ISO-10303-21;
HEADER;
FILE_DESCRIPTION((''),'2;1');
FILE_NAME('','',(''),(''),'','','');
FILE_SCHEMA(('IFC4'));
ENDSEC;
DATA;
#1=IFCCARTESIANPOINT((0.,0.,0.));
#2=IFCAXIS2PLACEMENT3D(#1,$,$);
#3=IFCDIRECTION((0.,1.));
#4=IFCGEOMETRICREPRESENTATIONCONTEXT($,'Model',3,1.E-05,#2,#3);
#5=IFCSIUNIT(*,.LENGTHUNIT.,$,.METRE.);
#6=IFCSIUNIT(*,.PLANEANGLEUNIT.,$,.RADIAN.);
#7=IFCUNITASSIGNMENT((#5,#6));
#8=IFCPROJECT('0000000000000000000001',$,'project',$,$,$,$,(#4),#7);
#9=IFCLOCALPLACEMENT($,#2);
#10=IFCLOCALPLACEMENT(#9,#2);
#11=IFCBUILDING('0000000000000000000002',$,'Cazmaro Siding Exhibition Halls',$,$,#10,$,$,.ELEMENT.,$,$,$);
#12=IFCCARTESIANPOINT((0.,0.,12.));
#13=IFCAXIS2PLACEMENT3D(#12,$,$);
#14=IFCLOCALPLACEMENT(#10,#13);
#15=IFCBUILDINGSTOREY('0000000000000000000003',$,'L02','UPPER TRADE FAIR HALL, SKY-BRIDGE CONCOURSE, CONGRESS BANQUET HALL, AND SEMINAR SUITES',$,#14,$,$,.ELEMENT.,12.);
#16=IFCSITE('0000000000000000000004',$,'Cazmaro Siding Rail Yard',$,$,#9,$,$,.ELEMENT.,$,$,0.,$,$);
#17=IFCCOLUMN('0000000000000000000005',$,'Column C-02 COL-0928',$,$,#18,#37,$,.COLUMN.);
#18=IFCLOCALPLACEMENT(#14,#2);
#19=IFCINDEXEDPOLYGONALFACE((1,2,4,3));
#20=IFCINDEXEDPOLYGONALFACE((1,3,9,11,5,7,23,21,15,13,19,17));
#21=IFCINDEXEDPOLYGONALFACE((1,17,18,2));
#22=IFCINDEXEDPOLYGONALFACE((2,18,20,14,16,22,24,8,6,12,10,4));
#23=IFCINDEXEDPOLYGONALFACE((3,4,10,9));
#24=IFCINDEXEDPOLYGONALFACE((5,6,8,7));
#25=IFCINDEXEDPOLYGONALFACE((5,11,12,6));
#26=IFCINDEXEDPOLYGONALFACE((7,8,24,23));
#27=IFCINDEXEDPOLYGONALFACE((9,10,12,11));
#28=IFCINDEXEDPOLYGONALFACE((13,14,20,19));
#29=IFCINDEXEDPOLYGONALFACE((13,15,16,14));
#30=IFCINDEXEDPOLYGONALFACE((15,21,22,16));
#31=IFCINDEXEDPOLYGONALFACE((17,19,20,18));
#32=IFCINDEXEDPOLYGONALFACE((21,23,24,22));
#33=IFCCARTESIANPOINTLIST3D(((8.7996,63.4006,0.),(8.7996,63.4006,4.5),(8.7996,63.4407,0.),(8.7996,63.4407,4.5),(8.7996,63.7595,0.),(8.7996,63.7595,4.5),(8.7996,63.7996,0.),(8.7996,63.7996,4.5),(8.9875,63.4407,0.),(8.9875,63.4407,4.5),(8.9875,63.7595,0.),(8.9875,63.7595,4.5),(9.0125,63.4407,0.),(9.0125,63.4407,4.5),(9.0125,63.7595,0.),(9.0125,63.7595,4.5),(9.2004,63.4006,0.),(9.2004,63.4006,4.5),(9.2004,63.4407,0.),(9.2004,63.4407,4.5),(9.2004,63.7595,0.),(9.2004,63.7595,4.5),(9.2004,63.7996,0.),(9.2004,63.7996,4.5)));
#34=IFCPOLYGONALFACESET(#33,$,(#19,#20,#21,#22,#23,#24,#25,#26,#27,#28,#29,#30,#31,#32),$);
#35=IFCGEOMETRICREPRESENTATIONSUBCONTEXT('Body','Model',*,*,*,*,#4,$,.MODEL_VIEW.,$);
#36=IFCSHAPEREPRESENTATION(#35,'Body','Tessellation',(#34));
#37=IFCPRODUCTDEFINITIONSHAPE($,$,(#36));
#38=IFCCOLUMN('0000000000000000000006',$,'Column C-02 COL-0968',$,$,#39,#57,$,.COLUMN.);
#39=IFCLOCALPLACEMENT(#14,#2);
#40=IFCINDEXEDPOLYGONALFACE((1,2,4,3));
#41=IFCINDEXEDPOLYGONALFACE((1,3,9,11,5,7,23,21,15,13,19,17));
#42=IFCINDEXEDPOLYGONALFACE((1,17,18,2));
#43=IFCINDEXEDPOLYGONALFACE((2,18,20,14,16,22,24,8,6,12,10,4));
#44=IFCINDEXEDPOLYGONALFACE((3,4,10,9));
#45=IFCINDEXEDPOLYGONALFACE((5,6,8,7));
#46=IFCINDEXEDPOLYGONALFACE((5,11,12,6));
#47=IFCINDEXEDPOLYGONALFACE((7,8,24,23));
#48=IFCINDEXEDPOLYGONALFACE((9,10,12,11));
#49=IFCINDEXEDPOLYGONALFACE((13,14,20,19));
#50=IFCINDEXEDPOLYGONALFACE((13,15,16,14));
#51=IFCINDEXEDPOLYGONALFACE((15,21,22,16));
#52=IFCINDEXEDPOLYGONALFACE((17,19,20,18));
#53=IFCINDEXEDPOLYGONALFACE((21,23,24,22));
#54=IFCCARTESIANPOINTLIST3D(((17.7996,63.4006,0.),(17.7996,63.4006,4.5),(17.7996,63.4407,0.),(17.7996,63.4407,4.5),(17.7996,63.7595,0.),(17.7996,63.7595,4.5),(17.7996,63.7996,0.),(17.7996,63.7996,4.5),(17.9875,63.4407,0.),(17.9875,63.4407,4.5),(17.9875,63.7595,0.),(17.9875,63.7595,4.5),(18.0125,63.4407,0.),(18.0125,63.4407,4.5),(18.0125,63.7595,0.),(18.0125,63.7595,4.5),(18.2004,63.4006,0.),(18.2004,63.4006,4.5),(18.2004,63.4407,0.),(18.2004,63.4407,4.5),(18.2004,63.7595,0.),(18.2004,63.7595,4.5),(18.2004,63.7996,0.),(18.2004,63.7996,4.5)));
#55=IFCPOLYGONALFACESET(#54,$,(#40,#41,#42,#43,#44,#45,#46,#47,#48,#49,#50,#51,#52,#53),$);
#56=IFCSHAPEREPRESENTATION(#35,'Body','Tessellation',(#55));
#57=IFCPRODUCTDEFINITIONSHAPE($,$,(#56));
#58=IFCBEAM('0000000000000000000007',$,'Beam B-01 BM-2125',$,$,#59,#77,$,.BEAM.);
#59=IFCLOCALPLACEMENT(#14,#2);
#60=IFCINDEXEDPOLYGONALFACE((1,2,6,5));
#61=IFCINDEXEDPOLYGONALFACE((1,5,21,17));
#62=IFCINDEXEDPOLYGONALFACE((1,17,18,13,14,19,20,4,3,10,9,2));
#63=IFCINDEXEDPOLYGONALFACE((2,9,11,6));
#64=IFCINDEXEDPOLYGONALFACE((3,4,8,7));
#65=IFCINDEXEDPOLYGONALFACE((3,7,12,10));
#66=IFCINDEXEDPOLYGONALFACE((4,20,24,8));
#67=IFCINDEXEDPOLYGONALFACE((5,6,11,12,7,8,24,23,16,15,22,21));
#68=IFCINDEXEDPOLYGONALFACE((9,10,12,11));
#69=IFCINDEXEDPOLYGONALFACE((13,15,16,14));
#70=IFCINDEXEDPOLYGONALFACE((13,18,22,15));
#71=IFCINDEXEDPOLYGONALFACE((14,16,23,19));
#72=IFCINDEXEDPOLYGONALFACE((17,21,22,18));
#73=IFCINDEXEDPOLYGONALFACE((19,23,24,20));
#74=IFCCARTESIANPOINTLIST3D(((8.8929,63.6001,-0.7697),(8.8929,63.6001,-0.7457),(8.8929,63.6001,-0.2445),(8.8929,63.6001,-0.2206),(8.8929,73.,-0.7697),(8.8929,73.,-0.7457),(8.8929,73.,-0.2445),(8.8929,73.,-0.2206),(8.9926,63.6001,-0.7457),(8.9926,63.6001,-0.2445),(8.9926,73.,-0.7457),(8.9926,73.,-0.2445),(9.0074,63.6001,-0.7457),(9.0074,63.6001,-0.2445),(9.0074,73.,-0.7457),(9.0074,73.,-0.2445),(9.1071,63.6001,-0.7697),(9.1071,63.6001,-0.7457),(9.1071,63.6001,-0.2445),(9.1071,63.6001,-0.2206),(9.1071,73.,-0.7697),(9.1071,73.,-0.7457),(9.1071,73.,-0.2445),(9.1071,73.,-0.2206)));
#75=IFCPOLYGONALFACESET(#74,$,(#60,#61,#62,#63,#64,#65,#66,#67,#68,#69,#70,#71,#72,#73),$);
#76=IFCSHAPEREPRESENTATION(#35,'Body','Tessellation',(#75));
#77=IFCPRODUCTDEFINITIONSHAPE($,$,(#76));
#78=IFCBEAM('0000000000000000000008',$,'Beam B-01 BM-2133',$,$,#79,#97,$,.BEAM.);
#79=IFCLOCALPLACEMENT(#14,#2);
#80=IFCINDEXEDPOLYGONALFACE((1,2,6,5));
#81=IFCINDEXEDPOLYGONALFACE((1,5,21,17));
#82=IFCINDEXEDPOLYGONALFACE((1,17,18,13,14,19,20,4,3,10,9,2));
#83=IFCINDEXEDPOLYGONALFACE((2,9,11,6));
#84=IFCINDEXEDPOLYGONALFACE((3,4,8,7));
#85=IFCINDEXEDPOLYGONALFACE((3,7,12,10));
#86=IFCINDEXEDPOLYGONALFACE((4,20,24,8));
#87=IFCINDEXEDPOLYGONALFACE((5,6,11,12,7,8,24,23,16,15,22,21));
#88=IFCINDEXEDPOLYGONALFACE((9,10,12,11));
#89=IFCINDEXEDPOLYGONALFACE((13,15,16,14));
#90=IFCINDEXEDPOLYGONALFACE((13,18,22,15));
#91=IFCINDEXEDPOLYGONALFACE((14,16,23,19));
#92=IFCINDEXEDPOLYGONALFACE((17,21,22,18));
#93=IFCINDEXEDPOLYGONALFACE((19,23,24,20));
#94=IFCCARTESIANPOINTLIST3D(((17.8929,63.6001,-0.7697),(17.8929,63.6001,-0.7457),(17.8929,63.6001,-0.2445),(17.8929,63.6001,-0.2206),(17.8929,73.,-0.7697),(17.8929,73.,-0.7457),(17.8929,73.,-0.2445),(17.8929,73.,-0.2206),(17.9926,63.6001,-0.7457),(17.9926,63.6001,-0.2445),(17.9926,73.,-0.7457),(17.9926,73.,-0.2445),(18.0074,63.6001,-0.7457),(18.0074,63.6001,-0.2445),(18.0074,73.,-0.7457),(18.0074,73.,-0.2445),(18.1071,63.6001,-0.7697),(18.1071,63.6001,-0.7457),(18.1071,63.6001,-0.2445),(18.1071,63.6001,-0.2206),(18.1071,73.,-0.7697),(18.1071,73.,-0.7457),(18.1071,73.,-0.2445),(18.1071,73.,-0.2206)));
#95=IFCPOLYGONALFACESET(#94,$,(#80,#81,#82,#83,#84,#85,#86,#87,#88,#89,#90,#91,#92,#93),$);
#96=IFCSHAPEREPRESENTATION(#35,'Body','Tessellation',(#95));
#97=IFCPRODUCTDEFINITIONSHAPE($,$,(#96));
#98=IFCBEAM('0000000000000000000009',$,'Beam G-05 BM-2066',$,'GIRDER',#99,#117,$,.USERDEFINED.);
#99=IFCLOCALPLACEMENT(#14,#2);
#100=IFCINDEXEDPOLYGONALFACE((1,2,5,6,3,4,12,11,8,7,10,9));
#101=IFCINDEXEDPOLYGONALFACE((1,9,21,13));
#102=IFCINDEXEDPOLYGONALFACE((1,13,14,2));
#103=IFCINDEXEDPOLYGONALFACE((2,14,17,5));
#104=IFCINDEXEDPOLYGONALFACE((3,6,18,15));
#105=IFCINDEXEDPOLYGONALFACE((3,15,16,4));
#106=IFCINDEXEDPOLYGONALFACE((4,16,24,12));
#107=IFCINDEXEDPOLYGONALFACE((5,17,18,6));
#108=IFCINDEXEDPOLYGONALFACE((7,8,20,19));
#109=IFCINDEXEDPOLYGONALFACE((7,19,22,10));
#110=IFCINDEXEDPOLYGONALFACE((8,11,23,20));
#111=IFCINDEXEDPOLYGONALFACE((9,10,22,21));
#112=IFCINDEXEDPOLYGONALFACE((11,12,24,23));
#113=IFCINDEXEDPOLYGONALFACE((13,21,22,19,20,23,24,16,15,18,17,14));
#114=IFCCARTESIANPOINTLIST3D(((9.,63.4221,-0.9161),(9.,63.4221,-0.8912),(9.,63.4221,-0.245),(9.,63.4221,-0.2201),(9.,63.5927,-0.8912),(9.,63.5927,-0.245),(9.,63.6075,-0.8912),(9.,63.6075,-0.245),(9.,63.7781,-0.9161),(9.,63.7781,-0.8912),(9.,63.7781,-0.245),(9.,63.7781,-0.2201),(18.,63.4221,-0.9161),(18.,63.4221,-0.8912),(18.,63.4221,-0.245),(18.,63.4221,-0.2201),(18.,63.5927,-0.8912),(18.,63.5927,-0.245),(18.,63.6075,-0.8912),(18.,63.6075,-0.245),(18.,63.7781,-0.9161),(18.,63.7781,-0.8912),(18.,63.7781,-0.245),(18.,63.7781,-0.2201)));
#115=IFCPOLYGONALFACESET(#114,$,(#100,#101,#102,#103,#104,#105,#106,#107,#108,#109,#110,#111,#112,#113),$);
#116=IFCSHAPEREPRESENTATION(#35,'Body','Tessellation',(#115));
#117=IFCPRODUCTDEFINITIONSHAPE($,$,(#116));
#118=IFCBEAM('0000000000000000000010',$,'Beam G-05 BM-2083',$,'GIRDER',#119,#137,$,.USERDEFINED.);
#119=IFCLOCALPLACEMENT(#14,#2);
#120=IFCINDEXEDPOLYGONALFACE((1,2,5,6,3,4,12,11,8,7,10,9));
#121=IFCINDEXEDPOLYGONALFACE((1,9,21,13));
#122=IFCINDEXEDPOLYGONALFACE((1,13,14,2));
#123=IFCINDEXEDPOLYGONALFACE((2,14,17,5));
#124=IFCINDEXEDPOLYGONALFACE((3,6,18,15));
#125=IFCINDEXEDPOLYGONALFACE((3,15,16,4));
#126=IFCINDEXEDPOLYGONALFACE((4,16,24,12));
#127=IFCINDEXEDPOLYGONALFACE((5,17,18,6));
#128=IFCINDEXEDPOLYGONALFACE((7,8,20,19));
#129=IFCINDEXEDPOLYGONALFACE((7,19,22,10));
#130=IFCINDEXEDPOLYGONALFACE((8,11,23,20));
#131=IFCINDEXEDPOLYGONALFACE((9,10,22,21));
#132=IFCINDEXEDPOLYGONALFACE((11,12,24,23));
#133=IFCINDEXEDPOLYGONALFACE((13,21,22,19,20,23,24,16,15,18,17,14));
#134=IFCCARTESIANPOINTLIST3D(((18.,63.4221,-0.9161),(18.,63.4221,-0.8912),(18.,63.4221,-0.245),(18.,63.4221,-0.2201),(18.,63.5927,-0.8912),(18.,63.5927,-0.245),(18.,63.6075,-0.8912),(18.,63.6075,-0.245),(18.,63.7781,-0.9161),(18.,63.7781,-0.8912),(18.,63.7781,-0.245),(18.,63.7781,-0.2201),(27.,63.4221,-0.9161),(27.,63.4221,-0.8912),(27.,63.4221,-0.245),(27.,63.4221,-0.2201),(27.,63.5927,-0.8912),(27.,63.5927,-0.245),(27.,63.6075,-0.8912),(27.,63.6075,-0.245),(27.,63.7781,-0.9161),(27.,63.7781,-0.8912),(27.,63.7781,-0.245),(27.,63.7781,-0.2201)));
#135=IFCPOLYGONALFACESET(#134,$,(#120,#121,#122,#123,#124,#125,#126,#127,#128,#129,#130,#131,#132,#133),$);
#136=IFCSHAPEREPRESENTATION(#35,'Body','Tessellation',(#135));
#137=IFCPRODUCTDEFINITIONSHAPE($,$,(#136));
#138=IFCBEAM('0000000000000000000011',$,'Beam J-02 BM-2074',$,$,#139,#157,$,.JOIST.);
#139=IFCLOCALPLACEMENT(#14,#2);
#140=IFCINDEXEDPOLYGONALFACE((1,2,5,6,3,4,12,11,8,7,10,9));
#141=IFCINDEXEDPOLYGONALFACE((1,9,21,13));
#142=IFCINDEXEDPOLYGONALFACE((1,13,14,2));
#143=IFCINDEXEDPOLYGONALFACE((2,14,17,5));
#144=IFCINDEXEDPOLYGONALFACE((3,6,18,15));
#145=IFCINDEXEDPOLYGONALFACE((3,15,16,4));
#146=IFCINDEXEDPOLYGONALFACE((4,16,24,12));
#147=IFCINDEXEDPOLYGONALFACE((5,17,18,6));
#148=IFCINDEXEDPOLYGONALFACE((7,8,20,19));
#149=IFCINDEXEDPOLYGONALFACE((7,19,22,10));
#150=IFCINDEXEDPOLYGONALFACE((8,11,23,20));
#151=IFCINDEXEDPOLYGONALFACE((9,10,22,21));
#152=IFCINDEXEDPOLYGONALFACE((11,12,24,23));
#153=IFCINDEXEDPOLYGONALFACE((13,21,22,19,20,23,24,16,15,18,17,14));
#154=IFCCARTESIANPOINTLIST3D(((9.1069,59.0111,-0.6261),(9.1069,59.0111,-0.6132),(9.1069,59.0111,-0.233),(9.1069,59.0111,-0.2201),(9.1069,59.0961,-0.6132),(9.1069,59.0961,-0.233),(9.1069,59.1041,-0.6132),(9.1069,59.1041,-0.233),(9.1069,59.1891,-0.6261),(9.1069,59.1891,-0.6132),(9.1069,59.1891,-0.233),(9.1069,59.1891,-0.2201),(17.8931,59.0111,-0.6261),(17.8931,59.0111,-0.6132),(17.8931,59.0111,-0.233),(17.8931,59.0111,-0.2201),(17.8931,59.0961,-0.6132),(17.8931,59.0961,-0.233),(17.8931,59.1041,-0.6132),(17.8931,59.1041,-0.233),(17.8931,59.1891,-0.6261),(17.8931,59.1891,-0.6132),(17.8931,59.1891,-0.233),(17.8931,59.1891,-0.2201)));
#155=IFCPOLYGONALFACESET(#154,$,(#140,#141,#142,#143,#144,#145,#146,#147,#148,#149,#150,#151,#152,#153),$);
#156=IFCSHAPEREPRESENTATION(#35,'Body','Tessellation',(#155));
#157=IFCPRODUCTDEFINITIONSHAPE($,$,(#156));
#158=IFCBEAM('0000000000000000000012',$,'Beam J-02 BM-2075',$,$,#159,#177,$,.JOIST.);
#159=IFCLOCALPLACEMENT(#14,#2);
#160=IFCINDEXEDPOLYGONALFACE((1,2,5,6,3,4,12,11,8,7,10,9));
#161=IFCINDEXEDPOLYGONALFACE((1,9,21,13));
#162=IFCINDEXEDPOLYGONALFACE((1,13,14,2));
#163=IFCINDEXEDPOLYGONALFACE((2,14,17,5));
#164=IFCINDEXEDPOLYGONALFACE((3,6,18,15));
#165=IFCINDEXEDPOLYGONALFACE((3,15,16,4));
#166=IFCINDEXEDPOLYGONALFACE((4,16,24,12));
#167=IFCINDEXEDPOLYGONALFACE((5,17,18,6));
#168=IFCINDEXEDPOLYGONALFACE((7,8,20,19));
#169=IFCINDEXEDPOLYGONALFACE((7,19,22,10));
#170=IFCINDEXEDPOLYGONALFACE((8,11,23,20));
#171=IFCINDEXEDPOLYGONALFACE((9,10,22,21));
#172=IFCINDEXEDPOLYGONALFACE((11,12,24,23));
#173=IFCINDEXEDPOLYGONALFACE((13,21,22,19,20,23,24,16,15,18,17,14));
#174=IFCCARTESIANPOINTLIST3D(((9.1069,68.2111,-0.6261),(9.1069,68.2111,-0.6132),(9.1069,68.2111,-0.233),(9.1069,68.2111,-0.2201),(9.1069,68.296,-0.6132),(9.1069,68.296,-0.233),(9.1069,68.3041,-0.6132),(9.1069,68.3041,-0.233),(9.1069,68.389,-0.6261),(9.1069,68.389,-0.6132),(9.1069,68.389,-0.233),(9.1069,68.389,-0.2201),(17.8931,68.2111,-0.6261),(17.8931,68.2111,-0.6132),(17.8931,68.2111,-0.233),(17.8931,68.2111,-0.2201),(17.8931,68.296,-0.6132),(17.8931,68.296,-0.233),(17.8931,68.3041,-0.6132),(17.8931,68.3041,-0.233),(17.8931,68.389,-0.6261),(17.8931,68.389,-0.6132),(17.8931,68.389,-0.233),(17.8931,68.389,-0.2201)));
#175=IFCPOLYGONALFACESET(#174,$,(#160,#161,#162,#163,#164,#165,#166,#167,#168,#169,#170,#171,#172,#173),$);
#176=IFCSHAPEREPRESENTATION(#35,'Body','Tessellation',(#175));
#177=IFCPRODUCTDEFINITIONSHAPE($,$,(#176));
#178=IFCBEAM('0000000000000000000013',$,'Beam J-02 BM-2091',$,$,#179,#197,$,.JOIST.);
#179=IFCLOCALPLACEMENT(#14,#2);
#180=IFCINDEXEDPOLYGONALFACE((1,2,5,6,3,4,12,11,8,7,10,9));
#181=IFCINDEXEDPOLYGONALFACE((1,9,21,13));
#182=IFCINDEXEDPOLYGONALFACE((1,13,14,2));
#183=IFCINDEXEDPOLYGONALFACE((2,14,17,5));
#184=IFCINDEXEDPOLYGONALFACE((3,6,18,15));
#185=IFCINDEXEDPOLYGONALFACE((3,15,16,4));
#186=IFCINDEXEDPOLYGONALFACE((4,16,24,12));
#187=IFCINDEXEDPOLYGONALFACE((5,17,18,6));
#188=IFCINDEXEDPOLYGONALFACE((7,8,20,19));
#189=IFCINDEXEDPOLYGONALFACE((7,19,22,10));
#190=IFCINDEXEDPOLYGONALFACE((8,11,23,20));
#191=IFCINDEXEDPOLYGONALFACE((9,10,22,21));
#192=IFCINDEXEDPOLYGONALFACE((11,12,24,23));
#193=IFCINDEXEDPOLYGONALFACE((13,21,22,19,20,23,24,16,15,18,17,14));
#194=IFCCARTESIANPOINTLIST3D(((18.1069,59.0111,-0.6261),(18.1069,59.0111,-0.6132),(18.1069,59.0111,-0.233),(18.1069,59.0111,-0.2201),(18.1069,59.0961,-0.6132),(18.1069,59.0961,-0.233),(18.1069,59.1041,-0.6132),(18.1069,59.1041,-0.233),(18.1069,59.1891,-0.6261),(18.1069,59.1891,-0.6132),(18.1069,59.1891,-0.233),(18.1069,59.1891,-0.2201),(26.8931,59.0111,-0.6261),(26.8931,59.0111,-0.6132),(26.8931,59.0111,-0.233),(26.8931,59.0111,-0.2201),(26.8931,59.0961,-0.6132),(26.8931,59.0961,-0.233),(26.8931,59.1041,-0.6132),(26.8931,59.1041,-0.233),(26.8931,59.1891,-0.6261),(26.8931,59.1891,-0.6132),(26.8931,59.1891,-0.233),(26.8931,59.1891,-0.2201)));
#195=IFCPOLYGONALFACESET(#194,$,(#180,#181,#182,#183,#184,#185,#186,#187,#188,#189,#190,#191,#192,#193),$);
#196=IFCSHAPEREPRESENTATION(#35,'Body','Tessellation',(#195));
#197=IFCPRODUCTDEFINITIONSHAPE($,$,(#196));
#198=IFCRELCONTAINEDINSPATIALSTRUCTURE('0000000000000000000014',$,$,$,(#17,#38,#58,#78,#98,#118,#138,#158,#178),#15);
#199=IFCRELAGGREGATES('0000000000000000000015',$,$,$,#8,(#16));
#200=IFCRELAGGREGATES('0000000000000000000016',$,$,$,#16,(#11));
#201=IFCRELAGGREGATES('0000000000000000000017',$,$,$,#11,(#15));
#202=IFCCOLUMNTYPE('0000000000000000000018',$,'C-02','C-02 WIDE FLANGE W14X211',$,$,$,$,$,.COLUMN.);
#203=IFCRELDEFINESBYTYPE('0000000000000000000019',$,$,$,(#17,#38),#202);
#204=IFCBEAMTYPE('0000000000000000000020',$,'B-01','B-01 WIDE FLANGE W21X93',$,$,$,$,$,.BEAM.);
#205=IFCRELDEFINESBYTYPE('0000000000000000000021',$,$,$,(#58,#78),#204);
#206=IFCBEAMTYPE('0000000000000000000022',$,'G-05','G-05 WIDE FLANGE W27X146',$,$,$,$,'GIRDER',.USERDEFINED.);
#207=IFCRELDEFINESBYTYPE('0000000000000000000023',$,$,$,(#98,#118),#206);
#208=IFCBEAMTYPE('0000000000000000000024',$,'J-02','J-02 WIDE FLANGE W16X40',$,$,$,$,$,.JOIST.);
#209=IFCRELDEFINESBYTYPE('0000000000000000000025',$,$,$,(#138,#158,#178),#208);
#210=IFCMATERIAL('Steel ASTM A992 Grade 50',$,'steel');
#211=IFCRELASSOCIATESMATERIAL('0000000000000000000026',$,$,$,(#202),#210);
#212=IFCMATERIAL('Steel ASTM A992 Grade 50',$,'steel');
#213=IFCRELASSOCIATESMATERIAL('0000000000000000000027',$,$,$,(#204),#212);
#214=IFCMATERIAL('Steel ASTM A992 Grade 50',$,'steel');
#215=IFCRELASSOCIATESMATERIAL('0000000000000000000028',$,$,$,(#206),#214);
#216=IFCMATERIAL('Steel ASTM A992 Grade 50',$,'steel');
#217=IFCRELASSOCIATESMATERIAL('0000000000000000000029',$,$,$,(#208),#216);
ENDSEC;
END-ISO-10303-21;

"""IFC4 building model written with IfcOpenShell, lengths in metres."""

from ifc_helpers import new_model, si_unit, direction, frame, origin, origin_2d, place, context, subcontext, project, spatial, i_section, extrude, material, material_profile, profile_set, type_object, element, save


model = new_model("IFC4")

# Units and contexts
model_context = context("Model", 3, precision=1e-05, world=origin(), true_north=direction((0.0, 1.0)))
body_context = subcontext(model_context, "Body", "Model", "MODEL_VIEW")
ifc_project = project(units=[si_unit("LENGTHUNIT", "METRE"), si_unit("PLANEANGLEUNIT", "RADIAN")], contexts=[model_context])

# Site, building, storey
site_placement = place(None, origin())
site = spatial("IfcSite", under=ifc_project, at=site_placement, Name="Cazmaro Siding Rail Yard", CompositionType="ELEMENT", RefElevation=0.0)
building_placement = place(site_placement, origin())
building = spatial("IfcBuilding", under=site, at=building_placement, Name="Cazmaro Siding Exhibition Halls", CompositionType="ELEMENT")
storey_placement = place(building_placement, frame((0.0, 0.0, 12.0)))
storey = spatial("IfcBuildingStorey", under=building, at=storey_placement, Name="L02", Description="UPPER TRADE FAIR HALL, SKY-BRIDGE CONCOURSE, CONGRESS BANQUET HALL, AND SEMINAR SUITES", CompositionType="ELEMENT", Elevation=12.0)

# Columns
ifc_material_1 = material(Name="Steel ASTM A992 Grade 50", Category="steel")
ifc_material_profile_1 = material_profile(ifc_material_1, i_section(OverallWidth=0.4009, OverallDepth=0.3989, WebThickness=0.0249, FlangeThickness=0.04, at=origin_2d()), Name="W14X211")
ifc_profile_set_1 = profile_set([ifc_material_profile_1], Name="Steel ASTM A992 Grade 50")
column_type = type_object("IfcColumnType", Name="C-02", Description="C-02 WIDE FLANGE W14X211", PredefinedType="COLUMN", material=ifc_profile_set_1)
for number, where, z_axis, x_axis, name in (
    (1, (9.0, 63.6001, 0.0), (0.0, 0.0, 1.0), (1.0, 0.0, 0.0), "Column C-02 COL-0928"),
    (2, (18.0, 63.6001, 0.0), (0.0, 0.0, 1.0), (1.0, 0.0, 0.0), "Column C-02 COL-0968"),
):
    element("IfcColumn", number, at=place(storey_placement, frame(where, z_axis=z_axis, x_axis=x_axis)), inside=storey, type_object=column_type, Name=name, PredefinedType="COLUMN", context=body_context, shape_type="SweptSolid", body=[
        extrude(i_section(OverallWidth=0.4009, OverallDepth=0.3989, WebThickness=0.0249, FlangeThickness=0.04, at=origin_2d()), origin(), (0.0, 0.0, 1.0), 4.5),
    ])

# Beams
ifc_material_2 = material(Name="Steel ASTM A992 Grade 50", Category="steel")
ifc_material_profile_2 = material_profile(ifc_material_2, i_section(OverallWidth=0.2141, OverallDepth=0.5491, WebThickness=0.0149, FlangeThickness=0.0239, at=origin_2d()), Name="W21X93")
ifc_profile_set_2 = profile_set([ifc_material_profile_2], Name="Steel ASTM A992 Grade 50")
beam_type_1 = type_object("IfcBeamType", Name="B-01", Description="B-01 WIDE FLANGE W21X93", PredefinedType="BEAM", material=ifc_profile_set_2)
for number, where, z_axis, x_axis, name in (
    (3, (9.0, 63.6001, -0.4951), (0.0, 1.0, 0.0), (-1.0, 0.0, 0.0), "Beam B-01 BM-2125"),
    (4, (18.0, 63.6001, -0.4951), (0.0, 1.0, 0.0), (-1.0, 0.0, 0.0), "Beam B-01 BM-2133"),
):
    element("IfcBeam", number, at=place(storey_placement, frame(where, z_axis=z_axis, x_axis=x_axis)), inside=storey, type_object=beam_type_1, Name=name, PredefinedType="BEAM", context=body_context, shape_type="SweptSolid", body=[
        extrude(i_section(OverallWidth=0.2141, OverallDepth=0.5491, WebThickness=0.0149, FlangeThickness=0.0239, at=origin_2d()), origin(), (0.0, 0.0, 1.0), 9.3999),
    ])
ifc_material_3 = material(Name="Steel ASTM A992 Grade 50", Category="steel")
ifc_material_profile_3 = material_profile(ifc_material_3, i_section(OverallWidth=0.356, OverallDepth=0.696, WebThickness=0.0149, FlangeThickness=0.0249, at=origin_2d()), Name="W27X146")
ifc_profile_set_3 = profile_set([ifc_material_profile_3], Name="Steel ASTM A992 Grade 50")
beam_type_2 = type_object("IfcBeamType", Name="G-05", Description="G-05 WIDE FLANGE W27X146", ElementType="GIRDER", PredefinedType="USERDEFINED", material=ifc_profile_set_3)
for number, where, z_axis, x_axis, name in (
    (5, (9.0, 63.6001, -0.5681), (1.0, 0.0, 0.0), (0.0, 1.0, 0.0), "Beam G-05 BM-2066"),
    (6, (18.0, 63.6001, -0.5681), (1.0, 0.0, 0.0), (0.0, 1.0, 0.0), "Beam G-05 BM-2083"),
):
    element("IfcBeam", number, at=place(storey_placement, frame(where, z_axis=z_axis, x_axis=x_axis)), inside=storey, type_object=beam_type_2, Name=name, ObjectType="GIRDER", PredefinedType="USERDEFINED", context=body_context, shape_type="SweptSolid", body=[
        extrude(i_section(OverallWidth=0.356, OverallDepth=0.696, WebThickness=0.0149, FlangeThickness=0.0249, at=origin_2d()), origin(), (0.0, 0.0, 1.0), 9.0),
    ])
ifc_material_4 = material(Name="Steel ASTM A992 Grade 50", Category="steel")
ifc_material_profile_4 = material_profile(ifc_material_4, i_section(OverallWidth=0.178, OverallDepth=0.406, WebThickness=0.0081, FlangeThickness=0.0129, at=origin_2d()), Name="W16X40")
ifc_profile_set_4 = profile_set([ifc_material_profile_4], Name="Steel ASTM A992 Grade 50")
beam_type_3 = type_object("IfcBeamType", Name="J-02", Description="J-02 WIDE FLANGE W16X40", PredefinedType="JOIST", material=ifc_profile_set_4)
for number, where, z_axis, x_axis, name in (
    (7, (9.1069, 59.1001, -0.4231), (1.0, 0.0, 0.0), (0.0, 1.0, 0.0), "Beam J-02 BM-2074"),
    (8, (9.1069, 68.3, -0.4231), (1.0, 0.0, 0.0), (0.0, 1.0, 0.0), "Beam J-02 BM-2075"),
    (9, (18.1069, 59.1001, -0.4231), (1.0, 0.0, 0.0), (0.0, 1.0, 0.0), "Beam J-02 BM-2091"),
):
    element("IfcBeam", number, at=place(storey_placement, frame(where, z_axis=z_axis, x_axis=x_axis)), inside=storey, type_object=beam_type_3, Name=name, PredefinedType="JOIST", context=body_context, shape_type="SweptSolid", body=[
        extrude(i_section(OverallWidth=0.178, OverallDepth=0.406, WebThickness=0.0081, FlangeThickness=0.0129, at=origin_2d()), origin(), (0.0, 0.0, 1.0), 8.7861),
    ])

save(model, "model.ifc")
